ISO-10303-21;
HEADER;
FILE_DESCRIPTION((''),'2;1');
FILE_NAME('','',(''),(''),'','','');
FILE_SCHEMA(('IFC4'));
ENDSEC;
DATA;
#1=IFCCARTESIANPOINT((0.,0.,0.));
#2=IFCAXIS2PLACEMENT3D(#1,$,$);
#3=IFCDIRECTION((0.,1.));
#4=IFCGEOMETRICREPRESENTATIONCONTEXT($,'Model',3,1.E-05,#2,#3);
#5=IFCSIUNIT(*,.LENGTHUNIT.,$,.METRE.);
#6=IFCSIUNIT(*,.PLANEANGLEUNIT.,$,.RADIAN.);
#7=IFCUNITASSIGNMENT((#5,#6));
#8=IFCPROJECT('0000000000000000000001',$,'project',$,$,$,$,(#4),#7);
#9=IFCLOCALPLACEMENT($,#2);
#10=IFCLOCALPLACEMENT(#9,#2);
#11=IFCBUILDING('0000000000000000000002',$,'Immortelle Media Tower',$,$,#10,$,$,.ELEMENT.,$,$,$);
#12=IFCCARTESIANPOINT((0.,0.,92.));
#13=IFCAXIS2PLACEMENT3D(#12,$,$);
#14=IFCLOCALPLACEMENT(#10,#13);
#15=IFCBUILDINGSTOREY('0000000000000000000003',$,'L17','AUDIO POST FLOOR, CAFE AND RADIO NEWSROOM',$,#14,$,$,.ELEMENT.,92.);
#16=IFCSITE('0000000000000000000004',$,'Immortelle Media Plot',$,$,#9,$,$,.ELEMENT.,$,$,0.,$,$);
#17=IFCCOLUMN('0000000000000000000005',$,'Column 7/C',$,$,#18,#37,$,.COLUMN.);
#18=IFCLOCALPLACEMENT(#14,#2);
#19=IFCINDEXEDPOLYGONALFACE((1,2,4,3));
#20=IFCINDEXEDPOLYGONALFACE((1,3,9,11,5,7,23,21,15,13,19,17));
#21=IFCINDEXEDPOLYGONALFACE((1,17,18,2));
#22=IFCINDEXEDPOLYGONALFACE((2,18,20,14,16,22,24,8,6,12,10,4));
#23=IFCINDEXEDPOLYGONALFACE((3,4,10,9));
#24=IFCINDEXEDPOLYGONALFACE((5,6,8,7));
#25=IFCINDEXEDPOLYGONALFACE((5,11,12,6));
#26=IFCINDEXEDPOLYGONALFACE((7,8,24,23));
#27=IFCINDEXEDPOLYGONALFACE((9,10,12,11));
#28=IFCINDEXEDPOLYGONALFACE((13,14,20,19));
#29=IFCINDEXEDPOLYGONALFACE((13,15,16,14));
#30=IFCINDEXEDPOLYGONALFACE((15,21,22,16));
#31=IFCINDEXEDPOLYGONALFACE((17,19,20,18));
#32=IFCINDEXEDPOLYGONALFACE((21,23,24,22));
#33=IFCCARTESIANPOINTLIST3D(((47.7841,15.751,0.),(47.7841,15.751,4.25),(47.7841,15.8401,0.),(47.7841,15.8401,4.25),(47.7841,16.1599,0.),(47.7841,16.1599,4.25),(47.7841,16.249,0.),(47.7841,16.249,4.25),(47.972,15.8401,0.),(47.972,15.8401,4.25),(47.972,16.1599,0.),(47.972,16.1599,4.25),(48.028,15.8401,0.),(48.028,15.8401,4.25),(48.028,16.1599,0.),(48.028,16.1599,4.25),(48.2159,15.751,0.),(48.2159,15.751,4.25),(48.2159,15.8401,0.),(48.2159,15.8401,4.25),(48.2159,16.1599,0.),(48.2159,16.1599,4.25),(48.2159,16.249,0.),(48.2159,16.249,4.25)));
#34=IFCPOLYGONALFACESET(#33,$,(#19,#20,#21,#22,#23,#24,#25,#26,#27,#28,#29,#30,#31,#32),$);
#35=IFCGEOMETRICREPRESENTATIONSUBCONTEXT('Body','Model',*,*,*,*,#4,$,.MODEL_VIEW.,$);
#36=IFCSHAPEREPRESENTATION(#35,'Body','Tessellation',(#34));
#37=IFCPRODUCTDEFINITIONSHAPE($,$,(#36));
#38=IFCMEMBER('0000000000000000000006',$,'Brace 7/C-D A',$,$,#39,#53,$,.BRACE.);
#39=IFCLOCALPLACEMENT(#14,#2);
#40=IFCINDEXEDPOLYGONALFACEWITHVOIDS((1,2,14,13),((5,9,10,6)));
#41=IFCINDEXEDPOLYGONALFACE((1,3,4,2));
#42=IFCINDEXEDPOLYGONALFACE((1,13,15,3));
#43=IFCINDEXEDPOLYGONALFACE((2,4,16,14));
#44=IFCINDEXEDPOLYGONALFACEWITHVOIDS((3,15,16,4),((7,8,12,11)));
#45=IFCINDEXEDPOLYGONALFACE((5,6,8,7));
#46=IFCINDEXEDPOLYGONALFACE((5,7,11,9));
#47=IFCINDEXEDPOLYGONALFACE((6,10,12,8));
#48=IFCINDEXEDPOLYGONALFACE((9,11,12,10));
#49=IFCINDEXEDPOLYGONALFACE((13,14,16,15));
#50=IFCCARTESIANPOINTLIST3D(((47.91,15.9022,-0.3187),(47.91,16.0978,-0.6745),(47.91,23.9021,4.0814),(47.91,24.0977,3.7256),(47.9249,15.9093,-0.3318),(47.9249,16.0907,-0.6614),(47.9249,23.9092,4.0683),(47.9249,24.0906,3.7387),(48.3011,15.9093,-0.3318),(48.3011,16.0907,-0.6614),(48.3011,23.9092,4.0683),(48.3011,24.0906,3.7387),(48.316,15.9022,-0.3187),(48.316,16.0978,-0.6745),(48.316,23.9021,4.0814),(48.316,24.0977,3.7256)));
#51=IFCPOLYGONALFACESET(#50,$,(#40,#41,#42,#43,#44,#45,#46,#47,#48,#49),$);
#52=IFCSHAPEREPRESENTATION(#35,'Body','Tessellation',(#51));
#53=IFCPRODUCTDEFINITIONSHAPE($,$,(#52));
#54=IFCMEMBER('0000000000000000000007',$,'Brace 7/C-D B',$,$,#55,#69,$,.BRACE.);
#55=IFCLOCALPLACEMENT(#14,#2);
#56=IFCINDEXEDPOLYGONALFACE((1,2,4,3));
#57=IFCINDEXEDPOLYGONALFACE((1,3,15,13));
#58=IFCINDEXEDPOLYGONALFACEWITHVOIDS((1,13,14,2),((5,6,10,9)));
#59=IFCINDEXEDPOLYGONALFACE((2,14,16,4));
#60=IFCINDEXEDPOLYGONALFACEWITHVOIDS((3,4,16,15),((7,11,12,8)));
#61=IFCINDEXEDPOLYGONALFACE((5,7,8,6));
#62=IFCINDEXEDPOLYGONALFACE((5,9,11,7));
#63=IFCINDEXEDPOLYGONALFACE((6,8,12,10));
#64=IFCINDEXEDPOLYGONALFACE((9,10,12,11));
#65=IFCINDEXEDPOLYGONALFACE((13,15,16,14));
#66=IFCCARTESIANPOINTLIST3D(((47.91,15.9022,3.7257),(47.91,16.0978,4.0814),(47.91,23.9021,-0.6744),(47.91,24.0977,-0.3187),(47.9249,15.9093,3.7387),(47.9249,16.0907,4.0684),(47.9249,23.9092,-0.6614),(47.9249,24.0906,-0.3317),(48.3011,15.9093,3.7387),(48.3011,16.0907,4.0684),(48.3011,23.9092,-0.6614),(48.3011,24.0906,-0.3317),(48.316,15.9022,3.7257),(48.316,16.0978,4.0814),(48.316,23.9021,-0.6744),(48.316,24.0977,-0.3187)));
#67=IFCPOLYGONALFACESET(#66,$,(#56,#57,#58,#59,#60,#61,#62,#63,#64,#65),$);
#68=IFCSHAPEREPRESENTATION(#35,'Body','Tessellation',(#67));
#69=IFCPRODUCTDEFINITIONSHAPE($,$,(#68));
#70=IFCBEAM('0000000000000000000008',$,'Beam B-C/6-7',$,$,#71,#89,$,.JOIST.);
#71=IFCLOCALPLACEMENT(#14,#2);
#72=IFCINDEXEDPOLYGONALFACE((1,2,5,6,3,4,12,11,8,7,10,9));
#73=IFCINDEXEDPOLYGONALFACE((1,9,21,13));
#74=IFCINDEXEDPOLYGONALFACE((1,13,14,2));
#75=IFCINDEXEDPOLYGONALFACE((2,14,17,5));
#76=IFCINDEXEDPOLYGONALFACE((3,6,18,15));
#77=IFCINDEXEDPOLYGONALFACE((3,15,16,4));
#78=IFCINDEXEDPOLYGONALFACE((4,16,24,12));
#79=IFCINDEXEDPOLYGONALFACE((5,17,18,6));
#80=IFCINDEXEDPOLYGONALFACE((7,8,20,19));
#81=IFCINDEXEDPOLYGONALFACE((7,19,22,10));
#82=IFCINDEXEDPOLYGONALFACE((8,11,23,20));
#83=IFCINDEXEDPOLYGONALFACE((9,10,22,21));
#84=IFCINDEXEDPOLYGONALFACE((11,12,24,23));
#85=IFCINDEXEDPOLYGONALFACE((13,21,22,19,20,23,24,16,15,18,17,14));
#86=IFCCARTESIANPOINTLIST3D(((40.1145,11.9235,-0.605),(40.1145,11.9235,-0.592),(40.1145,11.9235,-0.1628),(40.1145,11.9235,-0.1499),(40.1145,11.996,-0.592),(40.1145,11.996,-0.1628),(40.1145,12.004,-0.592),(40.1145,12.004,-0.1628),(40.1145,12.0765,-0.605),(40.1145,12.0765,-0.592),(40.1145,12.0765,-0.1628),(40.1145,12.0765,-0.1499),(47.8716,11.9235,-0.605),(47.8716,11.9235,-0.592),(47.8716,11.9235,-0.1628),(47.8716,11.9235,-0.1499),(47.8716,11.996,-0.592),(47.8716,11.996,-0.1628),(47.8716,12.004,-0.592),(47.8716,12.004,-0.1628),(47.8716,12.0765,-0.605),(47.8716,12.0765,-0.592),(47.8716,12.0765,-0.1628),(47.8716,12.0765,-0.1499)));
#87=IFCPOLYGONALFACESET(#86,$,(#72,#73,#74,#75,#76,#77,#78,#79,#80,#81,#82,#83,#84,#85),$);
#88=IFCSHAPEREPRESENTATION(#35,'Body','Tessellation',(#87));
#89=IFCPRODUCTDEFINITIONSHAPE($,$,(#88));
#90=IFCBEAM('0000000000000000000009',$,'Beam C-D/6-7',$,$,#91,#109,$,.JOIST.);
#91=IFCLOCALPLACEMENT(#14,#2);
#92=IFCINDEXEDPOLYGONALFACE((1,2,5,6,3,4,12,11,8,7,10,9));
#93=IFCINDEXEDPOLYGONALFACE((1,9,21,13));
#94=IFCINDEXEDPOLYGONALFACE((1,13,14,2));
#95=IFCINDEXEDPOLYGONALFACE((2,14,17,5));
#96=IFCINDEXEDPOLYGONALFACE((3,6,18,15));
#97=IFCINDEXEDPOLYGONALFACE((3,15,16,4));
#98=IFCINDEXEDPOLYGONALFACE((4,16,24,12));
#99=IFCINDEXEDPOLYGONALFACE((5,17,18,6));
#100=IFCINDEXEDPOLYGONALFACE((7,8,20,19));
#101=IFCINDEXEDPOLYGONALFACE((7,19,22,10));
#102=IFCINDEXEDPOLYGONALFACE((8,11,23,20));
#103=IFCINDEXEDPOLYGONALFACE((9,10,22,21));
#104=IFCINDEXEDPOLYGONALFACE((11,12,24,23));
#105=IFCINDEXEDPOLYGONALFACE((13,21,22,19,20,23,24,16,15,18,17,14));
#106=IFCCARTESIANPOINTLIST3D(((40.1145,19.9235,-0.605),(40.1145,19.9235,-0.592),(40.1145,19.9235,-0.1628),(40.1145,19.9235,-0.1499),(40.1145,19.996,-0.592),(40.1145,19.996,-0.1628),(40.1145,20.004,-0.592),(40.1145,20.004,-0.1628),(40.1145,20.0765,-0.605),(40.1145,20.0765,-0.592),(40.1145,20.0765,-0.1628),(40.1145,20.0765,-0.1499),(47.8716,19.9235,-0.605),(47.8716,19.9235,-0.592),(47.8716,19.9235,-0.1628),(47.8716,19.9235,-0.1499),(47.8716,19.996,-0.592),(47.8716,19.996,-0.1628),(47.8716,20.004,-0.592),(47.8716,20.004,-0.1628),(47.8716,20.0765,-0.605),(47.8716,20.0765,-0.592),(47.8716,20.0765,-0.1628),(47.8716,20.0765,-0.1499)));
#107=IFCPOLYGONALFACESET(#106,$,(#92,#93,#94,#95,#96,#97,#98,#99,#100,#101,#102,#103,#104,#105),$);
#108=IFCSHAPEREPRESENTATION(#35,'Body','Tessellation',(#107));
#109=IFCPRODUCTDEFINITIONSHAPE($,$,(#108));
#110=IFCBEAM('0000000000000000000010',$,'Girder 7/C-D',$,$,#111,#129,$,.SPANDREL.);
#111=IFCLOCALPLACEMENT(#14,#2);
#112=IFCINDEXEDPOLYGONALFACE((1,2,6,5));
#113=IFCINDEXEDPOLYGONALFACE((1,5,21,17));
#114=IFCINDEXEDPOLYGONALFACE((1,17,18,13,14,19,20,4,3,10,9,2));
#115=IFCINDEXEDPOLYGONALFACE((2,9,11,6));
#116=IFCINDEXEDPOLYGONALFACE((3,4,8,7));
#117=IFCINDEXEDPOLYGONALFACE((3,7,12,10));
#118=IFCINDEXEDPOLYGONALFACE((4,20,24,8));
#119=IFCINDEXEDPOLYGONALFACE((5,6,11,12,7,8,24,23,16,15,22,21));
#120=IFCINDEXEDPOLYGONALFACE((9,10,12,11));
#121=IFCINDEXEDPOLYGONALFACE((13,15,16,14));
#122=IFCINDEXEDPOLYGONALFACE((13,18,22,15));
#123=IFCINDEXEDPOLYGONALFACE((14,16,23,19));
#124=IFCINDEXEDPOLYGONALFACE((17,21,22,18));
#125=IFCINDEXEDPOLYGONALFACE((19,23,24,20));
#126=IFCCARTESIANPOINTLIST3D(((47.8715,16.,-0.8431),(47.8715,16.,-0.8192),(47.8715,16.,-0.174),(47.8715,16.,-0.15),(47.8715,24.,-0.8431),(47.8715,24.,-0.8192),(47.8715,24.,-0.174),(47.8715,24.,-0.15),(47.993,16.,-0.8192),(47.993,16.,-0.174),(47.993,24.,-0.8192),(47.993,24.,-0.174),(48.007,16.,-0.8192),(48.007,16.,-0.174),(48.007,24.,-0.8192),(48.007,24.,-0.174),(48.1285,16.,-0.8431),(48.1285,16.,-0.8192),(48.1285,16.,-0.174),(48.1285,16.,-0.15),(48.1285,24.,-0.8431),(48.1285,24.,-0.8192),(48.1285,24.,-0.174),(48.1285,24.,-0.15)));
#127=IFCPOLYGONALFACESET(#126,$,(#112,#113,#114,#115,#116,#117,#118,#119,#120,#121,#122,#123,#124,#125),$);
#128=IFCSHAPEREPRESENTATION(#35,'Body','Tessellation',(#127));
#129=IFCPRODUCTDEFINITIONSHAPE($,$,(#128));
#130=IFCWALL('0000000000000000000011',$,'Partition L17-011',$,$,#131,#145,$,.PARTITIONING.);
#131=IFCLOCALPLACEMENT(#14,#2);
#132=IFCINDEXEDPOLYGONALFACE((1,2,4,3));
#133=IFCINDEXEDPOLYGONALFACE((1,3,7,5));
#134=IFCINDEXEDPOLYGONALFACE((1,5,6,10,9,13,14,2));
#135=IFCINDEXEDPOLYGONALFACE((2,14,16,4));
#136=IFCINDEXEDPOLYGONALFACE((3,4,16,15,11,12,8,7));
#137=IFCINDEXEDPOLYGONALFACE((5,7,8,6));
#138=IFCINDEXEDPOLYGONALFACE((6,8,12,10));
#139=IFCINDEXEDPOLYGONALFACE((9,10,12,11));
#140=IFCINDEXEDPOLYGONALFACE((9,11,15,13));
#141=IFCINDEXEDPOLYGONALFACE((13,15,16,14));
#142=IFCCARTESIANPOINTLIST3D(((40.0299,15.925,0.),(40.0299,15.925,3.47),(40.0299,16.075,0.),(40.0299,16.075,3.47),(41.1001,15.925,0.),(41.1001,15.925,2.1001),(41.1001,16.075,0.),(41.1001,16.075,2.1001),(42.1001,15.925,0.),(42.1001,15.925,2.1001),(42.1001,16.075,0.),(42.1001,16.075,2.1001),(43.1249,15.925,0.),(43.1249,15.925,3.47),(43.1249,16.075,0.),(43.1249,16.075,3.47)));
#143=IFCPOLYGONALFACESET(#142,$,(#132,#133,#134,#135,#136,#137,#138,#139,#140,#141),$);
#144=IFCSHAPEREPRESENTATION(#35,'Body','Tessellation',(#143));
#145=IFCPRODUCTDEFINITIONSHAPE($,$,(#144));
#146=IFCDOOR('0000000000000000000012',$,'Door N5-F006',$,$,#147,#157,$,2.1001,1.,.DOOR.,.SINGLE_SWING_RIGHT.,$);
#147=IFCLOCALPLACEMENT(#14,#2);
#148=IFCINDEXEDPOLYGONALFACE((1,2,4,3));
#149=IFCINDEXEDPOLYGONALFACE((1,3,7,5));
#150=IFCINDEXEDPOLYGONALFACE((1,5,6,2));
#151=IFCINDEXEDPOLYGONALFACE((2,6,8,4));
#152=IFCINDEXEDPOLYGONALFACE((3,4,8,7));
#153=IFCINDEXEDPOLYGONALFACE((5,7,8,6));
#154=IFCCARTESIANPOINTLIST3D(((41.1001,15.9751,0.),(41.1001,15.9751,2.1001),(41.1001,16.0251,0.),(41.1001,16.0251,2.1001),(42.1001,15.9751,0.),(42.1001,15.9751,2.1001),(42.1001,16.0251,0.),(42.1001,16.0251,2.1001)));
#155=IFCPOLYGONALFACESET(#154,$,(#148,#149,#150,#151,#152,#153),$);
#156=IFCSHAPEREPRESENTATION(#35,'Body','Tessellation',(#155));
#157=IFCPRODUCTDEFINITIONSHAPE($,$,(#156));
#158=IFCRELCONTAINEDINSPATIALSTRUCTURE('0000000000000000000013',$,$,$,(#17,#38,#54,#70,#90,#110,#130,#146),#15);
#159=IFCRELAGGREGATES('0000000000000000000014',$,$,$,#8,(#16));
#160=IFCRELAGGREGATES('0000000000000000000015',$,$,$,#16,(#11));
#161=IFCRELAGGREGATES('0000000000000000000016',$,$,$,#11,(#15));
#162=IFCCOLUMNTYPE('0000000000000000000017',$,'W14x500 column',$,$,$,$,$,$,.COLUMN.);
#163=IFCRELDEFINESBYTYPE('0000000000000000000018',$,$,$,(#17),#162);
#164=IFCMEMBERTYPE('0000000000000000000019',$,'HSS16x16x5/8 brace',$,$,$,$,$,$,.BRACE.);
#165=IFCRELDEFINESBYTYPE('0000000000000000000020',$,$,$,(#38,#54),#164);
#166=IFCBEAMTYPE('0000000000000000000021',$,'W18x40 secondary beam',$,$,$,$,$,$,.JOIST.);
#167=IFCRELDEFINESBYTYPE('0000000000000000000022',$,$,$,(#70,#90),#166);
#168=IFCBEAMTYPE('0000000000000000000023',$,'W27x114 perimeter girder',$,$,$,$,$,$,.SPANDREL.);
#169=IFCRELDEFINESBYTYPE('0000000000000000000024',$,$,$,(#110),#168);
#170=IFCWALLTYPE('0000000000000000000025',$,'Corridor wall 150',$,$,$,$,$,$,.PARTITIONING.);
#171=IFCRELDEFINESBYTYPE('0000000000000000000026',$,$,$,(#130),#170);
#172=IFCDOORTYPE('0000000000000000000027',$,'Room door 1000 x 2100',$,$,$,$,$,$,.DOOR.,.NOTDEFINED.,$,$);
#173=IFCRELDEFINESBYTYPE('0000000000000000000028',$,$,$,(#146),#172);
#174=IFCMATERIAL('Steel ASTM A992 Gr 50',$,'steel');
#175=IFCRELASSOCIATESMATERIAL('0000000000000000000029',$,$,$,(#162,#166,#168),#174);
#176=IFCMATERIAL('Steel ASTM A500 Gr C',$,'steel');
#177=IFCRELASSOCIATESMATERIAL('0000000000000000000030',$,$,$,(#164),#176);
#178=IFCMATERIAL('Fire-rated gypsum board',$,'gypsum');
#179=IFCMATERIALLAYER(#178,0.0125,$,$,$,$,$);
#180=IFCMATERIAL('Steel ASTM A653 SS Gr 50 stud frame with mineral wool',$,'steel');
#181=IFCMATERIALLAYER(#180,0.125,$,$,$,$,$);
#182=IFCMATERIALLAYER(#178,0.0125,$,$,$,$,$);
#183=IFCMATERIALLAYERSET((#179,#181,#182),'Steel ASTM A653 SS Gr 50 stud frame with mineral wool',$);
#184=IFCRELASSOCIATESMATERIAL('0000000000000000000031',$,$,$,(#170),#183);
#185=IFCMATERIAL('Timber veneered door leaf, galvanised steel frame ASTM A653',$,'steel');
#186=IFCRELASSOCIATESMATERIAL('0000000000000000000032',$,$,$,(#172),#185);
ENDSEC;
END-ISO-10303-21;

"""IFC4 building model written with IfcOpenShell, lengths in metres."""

from ifc_helpers import new_model, si_unit, direction, frame, frame_2d, origin, origin_2d, place, context, subcontext, project, spatial, rectangle, hollow_rectangle, i_section, extrude, material, layer, layer_set, material_profile, profile_set, type_object, element, fill, save


model = new_model("IFC4")

# Units and contexts
model_context = context("Model", 3, precision=1e-05, world=origin(), true_north=direction((0.0, 1.0)))
body_context = subcontext(model_context, "Body", "Model", "MODEL_VIEW")
ifc_project = project(units=[si_unit("LENGTHUNIT", "METRE"), si_unit("PLANEANGLEUNIT", "RADIAN")], contexts=[model_context])

# Site, building, storey
site_placement = place(None, origin())
site = spatial("IfcSite", under=ifc_project, at=site_placement, Name="Immortelle Media Plot", CompositionType="ELEMENT", RefElevation=0.0)
building_placement = place(site_placement, origin())
building = spatial("IfcBuilding", under=site, at=building_placement, Name="Immortelle Media Tower", CompositionType="ELEMENT")
storey_placement = place(building_placement, frame((0.0, 0.0, 92.0)))
storey = spatial("IfcBuildingStorey", under=building, at=storey_placement, Name="L17", Description="AUDIO POST FLOOR, CAFE AND RADIO NEWSROOM", CompositionType="ELEMENT", Elevation=92.0)

# Column
ifc_material_1 = material(Name="Steel ASTM A992 Gr 50", Category="steel")
ifc_material_profile_1 = material_profile(ifc_material_1, i_section(OverallWidth=0.4319, OverallDepth=0.498, WebThickness=0.0559, FlangeThickness=0.0891, at=origin_2d()), Name="W14x500")
ifc_profile_set_1 = profile_set([ifc_material_profile_1], Name="Steel ASTM A992 Gr 50")
column_type = type_object("IfcColumnType", Name="W14x500 column", PredefinedType="COLUMN", material=ifc_profile_set_1)
column_placement = place(storey_placement, frame((48.0, 16.0, 0.0), z_axis=(0.0, 0.0, 1.0), x_axis=(1.0, 0.0, 0.0)))
element("IfcColumn", 1, at=column_placement, inside=storey, type_object=column_type, Name="Column 7/C", PredefinedType="COLUMN", context=body_context, shape_type="SweptSolid", body=[
    extrude(i_section(OverallWidth=0.4319, OverallDepth=0.498, WebThickness=0.0559, FlangeThickness=0.0891, at=origin_2d()), origin(), (0.0, 0.0, 1.0), 4.25),
])

# Members
ifc_material_2 = material(Name="Steel ASTM A500 Gr C", Category="steel")
ifc_material_profile_2 = material_profile(ifc_material_2, hollow_rectangle(XDim=0.406, YDim=0.406, WallThickness=0.0149, at=origin_2d()), Name="HSS16x16x5/8 brace")
ifc_profile_set_2 = profile_set([ifc_material_profile_2], Name="Steel ASTM A500 Gr C")
member_type = type_object("IfcMemberType", Name="HSS16x16x5/8 brace", PredefinedType="BRACE", material=ifc_profile_set_2)
for number, where, z_axis, x_axis, name in (
    (2, (48.113, 16.0, -0.4966), (0.0, 0.876209, 0.481931), (-1.0, 0.0, 0.0), "Brace 7/C-D A"),
    (3, (48.113, 16.0, 3.9036), (0.0, 0.876209, -0.481931), (-1.0, 0.0, 0.0), "Brace 7/C-D B"),
):
    element("IfcMember", number, at=place(storey_placement, frame(where, z_axis=z_axis, x_axis=x_axis)), inside=storey, type_object=member_type, Name=name, PredefinedType="BRACE", context=body_context, shape_type="SweptSolid", body=[
        extrude(hollow_rectangle(XDim=0.406, YDim=0.406, WallThickness=0.0149, at=origin_2d()), origin(), (0.0, 0.0, 1.0), 9.1301),
    ])

# Beams
ifc_material_profile_3 = material_profile(ifc_material_1, i_section(OverallWidth=0.1531, OverallDepth=0.4551, WebThickness=0.0081, FlangeThickness=0.0129, at=origin_2d()), Name="W18x40")
ifc_profile_set_3 = profile_set([ifc_material_profile_3], Name="Steel ASTM A992 Gr 50")
beam_type_1 = type_object("IfcBeamType", Name="W18x40 secondary beam", PredefinedType="JOIST", material=ifc_profile_set_3)
for number, where, z_axis, x_axis, name in (
    (4, (40.1145, 12.0, -0.3774), (1.0, 0.0, 0.0), (0.0, 1.0, 0.0), "Beam B-C/6-7"),
    (5, (40.1145, 20.0, -0.3774), (1.0, 0.0, 0.0), (0.0, 1.0, 0.0), "Beam C-D/6-7"),
):
    element("IfcBeam", number, at=place(storey_placement, frame(where, z_axis=z_axis, x_axis=x_axis)), inside=storey, type_object=beam_type_1, Name=name, PredefinedType="JOIST", context=body_context, shape_type="SweptSolid", body=[
        extrude(i_section(OverallWidth=0.1531, OverallDepth=0.4551, WebThickness=0.0081, FlangeThickness=0.0129, at=origin_2d()), origin(), (0.0, 0.0, 1.0), 7.7571),
    ])
ifc_material_profile_4 = material_profile(ifc_material_1, i_section(OverallWidth=0.2571, OverallDepth=0.6931, WebThickness=0.0139, FlangeThickness=0.0239, at=origin_2d()), Name="W27x114")
ifc_profile_set_4 = profile_set([ifc_material_profile_4], Name="Steel ASTM A992 Gr 50")
beam_type_2 = type_object("IfcBeamType", Name="W27x114 perimeter girder", PredefinedType="SPANDREL", material=ifc_profile_set_4)
beam_placement = place(storey_placement, frame((48.0, 16.0, -0.4966), z_axis=(0.0, 1.0, 0.0), x_axis=(-1.0, 0.0, 0.0)))
element("IfcBeam", 6, at=beam_placement, inside=storey, type_object=beam_type_2, Name="Girder 7/C-D", PredefinedType="SPANDREL", context=body_context, shape_type="SweptSolid", body=[
    extrude(i_section(OverallWidth=0.2571, OverallDepth=0.6931, WebThickness=0.0139, FlangeThickness=0.0239, at=origin_2d()), origin(), (0.0, 0.0, 1.0), 8.0),
])

# Wall, opening, door
ifc_material_3 = material(Name="Fire-rated gypsum board", Category="gypsum")
ifc_layer_1 = layer(ifc_material_3, 0.0125)
ifc_material_4 = material(Name="Steel ASTM A653 SS Gr 50 stud frame with mineral wool", Category="steel")
ifc_layer_2 = layer(ifc_material_4, 0.125)
ifc_layer_3 = layer(ifc_material_3, 0.0125)
ifc_layer_set_1 = layer_set([ifc_layer_1, ifc_layer_2, ifc_layer_3], Name="Steel ASTM A653 SS Gr 50 stud frame with mineral wool")
wall_type_1 = type_object("IfcWallType", Name="Corridor wall 150", PredefinedType="PARTITIONING", material=ifc_layer_set_1)
wall_1_placement = place(storey_placement, frame((40.03, 16.0, 0.0), z_axis=(0.0, 0.0, 1.0), x_axis=(1.0, 0.0, 0.0)))
wall_1 = element("IfcWall", 7, at=wall_1_placement, inside=storey, type_object=wall_type_1, Name="Partition L17-011", PredefinedType="PARTITIONING", context=body_context, shape_type="SweptSolid", body=[
    extrude(rectangle(XDim=3.095, YDim=0.1499, at=frame_2d((1.5474, 0.0))), origin(), (0.0, 0.0, 1.0), 3.47),
])
opening_1_placement = place(wall_1_placement, frame((2.0701, 0.0, 0.0), z_axis=(0.0, 0.0, 1.0), x_axis=(-1.0, 0.0, 0.0)))
opening_1 = element("IfcOpeningElement", 8, at=opening_1_placement, cuts=wall_1, PredefinedType="OPENING", context=body_context, shape_type="SweptSolid", body=[
    extrude(rectangle(XDim=1.0, YDim=2.1001, at=frame_2d((0.5, 1.05))), frame((0.0, 0.085, 0.0), z_axis=(0.0, -1.0, 0.0), x_axis=(1.0, 0.0, 0.0)), (0.0, 0.0, 1.0), 0.1699),
])
ifc_material_5 = material(Name="Timber veneered door leaf, galvanised steel frame ASTM A653", Category="steel")
door_type = type_object("IfcDoorType", Name="Room door 1000 x 2100", OperationType="NOTDEFINED", PredefinedType="DOOR", material=ifc_material_5)
door_1_placement = place(opening_1_placement, origin())
door_1 = element("IfcDoor", 9, at=door_1_placement, inside=storey, type_object=door_type, Name="Door N5-F006", OperationType="SINGLE_SWING_RIGHT", OverallHeight=2.1001, OverallWidth=1.0, PredefinedType="DOOR", context=body_context, shape_type="SweptSolid", body=[
    extrude(rectangle(XDim=1.0, YDim=2.1001, at=frame_2d((0.5, 1.05))), frame((0.0, 0.0249, 0.0), z_axis=(0.0, -1.0, 0.0), x_axis=(1.0, 0.0, 0.0)), (0.0, 0.0, 1.0), 0.05),
])
fill(opening_1, door_1)

save(model, "model.ifc")
